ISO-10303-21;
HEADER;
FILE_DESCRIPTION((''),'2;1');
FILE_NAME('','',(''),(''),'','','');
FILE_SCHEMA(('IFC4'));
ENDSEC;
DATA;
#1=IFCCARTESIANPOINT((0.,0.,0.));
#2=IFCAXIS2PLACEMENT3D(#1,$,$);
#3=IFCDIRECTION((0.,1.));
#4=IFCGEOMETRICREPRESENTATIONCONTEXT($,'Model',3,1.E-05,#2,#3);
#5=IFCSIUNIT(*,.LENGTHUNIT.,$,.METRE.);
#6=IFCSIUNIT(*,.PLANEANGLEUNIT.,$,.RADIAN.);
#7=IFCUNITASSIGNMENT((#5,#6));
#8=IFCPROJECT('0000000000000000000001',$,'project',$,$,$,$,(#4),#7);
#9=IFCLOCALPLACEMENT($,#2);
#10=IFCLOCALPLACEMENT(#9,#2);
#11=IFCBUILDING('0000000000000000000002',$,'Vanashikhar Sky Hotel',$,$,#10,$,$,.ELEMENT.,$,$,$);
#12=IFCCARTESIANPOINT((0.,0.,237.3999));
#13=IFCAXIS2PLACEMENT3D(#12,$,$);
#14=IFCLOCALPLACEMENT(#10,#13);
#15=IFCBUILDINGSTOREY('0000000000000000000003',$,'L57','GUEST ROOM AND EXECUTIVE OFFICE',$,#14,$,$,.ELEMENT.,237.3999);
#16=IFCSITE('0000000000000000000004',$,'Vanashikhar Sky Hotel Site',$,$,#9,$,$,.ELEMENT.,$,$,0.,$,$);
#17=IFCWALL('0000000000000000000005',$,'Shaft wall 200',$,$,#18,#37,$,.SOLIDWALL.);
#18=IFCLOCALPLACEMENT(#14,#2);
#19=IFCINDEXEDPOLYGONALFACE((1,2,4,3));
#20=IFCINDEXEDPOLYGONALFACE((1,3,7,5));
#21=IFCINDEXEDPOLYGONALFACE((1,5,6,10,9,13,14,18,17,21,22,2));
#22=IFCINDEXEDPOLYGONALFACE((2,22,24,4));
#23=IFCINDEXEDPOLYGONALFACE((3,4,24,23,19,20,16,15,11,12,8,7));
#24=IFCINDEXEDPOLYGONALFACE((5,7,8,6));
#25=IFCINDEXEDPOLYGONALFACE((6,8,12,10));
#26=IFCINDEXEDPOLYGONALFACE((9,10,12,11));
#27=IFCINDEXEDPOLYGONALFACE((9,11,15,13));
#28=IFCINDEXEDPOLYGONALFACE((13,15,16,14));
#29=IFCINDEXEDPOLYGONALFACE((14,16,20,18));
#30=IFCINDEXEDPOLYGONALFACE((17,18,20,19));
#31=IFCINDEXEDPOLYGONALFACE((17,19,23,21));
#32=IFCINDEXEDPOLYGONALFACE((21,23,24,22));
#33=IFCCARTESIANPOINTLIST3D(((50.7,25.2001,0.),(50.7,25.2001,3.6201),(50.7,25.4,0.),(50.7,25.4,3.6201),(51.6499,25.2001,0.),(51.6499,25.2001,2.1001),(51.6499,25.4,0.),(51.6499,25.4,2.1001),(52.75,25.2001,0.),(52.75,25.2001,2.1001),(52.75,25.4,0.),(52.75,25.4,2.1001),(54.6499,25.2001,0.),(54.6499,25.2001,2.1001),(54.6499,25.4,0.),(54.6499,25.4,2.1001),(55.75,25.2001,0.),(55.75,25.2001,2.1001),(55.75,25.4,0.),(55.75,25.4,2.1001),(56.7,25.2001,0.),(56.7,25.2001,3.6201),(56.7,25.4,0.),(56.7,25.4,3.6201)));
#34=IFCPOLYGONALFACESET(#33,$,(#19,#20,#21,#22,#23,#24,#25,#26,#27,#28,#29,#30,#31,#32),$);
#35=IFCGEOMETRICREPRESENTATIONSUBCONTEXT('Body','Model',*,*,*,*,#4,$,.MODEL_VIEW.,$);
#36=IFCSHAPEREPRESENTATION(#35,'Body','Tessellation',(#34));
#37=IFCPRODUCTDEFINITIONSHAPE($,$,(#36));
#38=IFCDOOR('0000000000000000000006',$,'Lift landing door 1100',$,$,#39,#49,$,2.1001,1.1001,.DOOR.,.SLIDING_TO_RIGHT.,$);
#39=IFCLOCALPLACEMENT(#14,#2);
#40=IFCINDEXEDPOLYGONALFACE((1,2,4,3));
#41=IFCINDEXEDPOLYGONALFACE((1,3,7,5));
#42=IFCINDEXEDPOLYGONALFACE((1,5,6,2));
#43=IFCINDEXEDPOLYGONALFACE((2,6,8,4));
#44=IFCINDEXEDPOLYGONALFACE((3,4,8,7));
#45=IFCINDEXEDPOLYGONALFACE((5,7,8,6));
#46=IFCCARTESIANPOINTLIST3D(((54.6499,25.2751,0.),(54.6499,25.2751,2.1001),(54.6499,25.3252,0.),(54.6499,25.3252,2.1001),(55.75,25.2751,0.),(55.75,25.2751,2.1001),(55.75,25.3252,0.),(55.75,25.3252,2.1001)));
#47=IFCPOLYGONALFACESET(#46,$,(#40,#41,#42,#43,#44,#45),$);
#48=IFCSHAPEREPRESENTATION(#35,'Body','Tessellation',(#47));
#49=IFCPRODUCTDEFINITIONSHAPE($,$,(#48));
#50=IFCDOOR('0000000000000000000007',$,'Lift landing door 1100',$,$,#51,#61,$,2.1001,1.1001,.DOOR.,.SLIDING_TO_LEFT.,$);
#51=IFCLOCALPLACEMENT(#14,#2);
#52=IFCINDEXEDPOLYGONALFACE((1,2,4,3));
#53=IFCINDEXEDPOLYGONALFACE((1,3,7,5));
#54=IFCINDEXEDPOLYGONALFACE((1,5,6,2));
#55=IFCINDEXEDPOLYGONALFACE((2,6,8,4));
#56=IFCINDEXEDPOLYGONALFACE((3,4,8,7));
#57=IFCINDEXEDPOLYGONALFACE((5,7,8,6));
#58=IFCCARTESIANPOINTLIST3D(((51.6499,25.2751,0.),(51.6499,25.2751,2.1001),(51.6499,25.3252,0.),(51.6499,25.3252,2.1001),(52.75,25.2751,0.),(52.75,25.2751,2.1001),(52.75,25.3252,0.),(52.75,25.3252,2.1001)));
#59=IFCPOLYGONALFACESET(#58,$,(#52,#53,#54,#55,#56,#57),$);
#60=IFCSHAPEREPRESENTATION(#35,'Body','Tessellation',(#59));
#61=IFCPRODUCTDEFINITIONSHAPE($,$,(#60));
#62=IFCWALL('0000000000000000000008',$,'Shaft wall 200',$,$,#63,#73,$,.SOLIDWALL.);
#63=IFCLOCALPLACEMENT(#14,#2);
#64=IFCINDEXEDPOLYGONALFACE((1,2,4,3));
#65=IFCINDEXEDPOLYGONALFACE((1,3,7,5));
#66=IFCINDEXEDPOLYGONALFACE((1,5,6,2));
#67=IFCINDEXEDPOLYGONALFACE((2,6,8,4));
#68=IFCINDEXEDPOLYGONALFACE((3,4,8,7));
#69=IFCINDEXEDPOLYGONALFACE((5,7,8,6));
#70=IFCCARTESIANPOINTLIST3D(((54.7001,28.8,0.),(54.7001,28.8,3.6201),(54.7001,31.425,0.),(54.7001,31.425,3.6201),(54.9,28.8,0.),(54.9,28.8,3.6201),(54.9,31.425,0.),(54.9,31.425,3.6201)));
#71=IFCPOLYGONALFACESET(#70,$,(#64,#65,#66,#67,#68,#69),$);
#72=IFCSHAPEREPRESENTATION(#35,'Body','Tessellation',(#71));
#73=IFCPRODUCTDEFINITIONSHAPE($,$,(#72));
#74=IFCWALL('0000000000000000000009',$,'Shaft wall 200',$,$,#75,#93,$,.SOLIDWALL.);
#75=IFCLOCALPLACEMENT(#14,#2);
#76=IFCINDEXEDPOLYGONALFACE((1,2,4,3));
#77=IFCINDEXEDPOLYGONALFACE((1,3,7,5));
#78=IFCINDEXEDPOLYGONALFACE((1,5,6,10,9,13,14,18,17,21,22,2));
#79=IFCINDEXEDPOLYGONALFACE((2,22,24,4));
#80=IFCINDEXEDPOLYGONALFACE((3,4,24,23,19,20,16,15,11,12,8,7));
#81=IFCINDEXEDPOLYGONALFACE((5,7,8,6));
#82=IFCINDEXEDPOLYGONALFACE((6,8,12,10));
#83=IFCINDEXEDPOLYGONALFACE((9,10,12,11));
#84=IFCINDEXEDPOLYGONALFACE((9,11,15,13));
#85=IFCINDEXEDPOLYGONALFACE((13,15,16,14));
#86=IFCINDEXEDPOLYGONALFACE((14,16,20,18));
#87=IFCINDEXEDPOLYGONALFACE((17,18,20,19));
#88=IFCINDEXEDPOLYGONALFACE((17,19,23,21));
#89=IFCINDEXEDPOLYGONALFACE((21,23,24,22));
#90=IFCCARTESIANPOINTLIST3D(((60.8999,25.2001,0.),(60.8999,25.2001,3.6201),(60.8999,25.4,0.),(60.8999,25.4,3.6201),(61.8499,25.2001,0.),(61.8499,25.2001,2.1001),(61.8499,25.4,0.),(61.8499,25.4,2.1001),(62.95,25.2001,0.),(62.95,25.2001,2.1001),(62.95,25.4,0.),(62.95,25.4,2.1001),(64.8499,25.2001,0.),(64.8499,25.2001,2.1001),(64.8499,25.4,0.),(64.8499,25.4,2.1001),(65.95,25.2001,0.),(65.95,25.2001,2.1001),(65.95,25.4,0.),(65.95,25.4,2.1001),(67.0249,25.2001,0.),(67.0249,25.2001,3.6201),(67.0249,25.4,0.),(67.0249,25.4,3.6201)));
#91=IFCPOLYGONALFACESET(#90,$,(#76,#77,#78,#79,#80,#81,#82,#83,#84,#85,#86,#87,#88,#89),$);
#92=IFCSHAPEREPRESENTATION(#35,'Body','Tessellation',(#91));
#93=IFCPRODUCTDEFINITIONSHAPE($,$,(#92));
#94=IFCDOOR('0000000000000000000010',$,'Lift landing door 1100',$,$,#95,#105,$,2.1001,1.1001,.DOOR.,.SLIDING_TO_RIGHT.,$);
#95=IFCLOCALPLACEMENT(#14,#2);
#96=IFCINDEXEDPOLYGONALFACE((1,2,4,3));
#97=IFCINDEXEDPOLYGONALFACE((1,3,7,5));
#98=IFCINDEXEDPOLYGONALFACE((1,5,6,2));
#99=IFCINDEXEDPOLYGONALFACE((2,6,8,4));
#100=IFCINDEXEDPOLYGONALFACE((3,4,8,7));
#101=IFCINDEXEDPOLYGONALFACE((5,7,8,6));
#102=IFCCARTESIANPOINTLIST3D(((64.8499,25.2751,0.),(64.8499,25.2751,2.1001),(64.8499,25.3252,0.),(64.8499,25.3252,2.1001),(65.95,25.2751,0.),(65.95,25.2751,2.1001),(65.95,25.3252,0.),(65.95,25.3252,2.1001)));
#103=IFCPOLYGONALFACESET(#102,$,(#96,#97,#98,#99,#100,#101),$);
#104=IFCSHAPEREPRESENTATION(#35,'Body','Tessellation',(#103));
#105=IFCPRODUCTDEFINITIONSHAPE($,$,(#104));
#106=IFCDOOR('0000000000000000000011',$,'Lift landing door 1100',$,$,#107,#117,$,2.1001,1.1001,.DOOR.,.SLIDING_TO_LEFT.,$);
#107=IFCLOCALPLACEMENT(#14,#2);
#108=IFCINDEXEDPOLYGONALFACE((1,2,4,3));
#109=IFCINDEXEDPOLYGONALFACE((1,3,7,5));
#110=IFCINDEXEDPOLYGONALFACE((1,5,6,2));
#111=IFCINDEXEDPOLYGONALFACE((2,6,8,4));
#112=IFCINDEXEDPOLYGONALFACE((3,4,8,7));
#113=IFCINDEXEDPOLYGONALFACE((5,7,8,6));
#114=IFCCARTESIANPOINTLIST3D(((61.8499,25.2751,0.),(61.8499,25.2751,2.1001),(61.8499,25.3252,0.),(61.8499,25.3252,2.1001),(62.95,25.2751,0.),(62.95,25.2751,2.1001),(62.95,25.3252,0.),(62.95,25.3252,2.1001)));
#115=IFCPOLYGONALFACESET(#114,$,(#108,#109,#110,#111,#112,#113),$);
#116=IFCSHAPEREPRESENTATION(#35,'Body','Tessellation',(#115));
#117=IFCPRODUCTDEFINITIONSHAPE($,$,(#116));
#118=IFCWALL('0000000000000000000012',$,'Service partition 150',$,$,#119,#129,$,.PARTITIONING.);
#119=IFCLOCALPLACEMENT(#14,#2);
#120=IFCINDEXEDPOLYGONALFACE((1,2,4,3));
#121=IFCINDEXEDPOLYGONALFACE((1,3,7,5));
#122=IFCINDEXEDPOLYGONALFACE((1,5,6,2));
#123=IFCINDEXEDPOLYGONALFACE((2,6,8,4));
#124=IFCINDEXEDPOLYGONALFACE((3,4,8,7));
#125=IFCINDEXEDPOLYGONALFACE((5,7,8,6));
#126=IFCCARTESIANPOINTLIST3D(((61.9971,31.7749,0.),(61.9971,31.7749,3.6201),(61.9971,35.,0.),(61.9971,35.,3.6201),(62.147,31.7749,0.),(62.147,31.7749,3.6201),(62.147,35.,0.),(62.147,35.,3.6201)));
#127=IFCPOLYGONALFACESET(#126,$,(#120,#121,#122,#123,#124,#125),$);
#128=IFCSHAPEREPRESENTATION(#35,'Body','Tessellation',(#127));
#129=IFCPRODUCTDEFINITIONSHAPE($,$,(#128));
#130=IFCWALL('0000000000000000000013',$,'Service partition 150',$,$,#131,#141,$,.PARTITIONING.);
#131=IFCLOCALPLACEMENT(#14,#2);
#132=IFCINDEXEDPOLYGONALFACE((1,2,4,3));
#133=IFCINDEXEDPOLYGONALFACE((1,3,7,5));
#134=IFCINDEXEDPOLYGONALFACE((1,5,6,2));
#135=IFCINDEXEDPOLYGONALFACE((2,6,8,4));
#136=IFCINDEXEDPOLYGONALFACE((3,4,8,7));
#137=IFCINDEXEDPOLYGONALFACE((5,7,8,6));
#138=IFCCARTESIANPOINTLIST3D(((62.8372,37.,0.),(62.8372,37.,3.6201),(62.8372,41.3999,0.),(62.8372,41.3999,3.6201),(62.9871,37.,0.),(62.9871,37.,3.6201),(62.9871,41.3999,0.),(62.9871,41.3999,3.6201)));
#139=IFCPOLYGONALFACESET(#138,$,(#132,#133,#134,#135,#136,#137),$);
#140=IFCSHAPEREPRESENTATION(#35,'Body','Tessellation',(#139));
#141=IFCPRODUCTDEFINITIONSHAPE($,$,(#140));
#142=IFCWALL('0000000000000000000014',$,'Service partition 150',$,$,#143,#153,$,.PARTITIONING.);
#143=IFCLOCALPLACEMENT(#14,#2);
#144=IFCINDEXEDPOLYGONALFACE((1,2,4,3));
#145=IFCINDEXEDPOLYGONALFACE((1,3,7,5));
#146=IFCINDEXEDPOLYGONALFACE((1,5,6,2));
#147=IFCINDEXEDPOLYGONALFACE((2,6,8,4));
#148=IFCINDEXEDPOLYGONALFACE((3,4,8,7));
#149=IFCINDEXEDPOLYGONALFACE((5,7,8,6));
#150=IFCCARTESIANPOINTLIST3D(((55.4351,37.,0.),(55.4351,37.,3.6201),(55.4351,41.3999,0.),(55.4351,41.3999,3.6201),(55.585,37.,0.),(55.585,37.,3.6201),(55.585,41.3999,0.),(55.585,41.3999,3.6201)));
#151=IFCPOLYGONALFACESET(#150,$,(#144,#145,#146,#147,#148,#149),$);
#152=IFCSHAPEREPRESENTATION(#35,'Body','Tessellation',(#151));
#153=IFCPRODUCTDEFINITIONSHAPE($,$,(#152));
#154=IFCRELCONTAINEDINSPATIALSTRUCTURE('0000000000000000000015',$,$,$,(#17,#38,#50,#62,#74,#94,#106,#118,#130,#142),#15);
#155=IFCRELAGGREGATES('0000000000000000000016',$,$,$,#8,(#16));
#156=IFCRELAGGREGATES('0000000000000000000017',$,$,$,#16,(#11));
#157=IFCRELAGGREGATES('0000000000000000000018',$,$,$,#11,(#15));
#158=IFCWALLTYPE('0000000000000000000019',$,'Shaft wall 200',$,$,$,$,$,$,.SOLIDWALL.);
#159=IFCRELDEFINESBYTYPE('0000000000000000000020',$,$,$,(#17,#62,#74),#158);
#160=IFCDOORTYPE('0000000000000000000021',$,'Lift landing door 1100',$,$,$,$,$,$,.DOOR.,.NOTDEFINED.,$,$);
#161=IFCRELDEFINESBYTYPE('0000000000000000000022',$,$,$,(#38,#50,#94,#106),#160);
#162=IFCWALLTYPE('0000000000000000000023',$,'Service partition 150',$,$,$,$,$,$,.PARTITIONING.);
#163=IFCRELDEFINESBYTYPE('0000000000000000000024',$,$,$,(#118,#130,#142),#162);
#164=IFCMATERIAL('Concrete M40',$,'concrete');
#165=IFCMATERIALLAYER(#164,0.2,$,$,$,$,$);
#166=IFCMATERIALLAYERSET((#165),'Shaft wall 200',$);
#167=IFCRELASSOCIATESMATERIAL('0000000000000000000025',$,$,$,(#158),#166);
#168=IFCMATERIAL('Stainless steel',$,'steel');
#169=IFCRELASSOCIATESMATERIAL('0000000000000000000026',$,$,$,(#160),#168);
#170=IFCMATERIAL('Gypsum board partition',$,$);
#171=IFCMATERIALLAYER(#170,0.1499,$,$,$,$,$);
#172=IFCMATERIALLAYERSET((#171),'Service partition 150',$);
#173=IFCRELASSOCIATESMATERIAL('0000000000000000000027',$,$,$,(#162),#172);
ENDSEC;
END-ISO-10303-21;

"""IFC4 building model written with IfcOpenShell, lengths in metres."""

from ifc_helpers import new_model, si_unit, direction, frame, frame_2d, origin, place, context, subcontext, project, spatial, rectangle, extrude, source, transform, mapped, material, layer, layer_set, type_object, element, fill, save


model = new_model("IFC4")

# Units and contexts
model_context = context("Model", 3, precision=1e-05, world=origin(), true_north=direction((0.0, 1.0)))
body_context = subcontext(model_context, "Body", "Model", "MODEL_VIEW")
ifc_project = project(units=[si_unit("LENGTHUNIT", "METRE"), si_unit("PLANEANGLEUNIT", "RADIAN")], contexts=[model_context])

# Site, building, storey
site_placement = place(None, origin())
site = spatial("IfcSite", under=ifc_project, at=site_placement, Name="Vanashikhar Sky Hotel Site", CompositionType="ELEMENT", RefElevation=0.0)
building_placement = place(site_placement, origin())
building = spatial("IfcBuilding", under=site, at=building_placement, Name="Vanashikhar Sky Hotel", CompositionType="ELEMENT")
storey_placement = place(building_placement, frame((0.0, 0.0, 237.3999)))
storey = spatial("IfcBuildingStorey", under=building, at=storey_placement, Name="L57", Description="GUEST ROOM AND EXECUTIVE OFFICE", CompositionType="ELEMENT", Elevation=237.3999)

# Wall, openings, doors
ifc_material_1 = material(Name="Concrete M40", Category="concrete")
ifc_layer_1 = layer(ifc_material_1, 0.2)
ifc_layer_set_1 = layer_set([ifc_layer_1], Name="Shaft wall 200")
wall_type_1 = type_object("IfcWallType", Name="Shaft wall 200", PredefinedType="SOLIDWALL", material=ifc_layer_set_1)
shared_shape_1 = source(origin(), body_context, "Body", "SweptSolid", [
    extrude(rectangle(XDim=6.0, YDim=0.2, at=frame_2d((3.0, 0.0))), origin(), (0.0, 0.0, 1.0), 3.6201),
])
wall_1_placement = place(storey_placement, frame((56.7, 25.3, 0.0), z_axis=(0.0, 0.0, 1.0), x_axis=(-1.0, 0.0, 0.0)))
wall_1 = element("IfcWall", 1, at=wall_1_placement, inside=storey, type_object=wall_type_1, Name="Shaft wall 200", PredefinedType="SOLIDWALL", context=body_context, shape_type="MappedRepresentation", body=[
    mapped(shared_shape_1, transform((0.0, 0.0, 0.0), scale=1.0)),
])
shared_shape_2 = source(origin(), body_context, "Body", "SweptSolid", [
    extrude(rectangle(XDim=1.1001, YDim=2.1001, at=frame_2d((0.55, 1.05))), frame((0.0, 0.1099, 0.0), z_axis=(0.0, -1.0, 0.0), x_axis=(1.0, 0.0, 0.0)), (0.0, 0.0, 1.0), 0.22),
])
opening_1_placement = place(wall_1_placement, frame((0.95, 0.0, 0.0)))
opening_1 = element("IfcOpeningElement", 2, at=opening_1_placement, cuts=wall_1, PredefinedType="OPENING", context=body_context, shape_type="MappedRepresentation", body=[
    mapped(shared_shape_2, transform((0.0, 0.0, 0.0), scale=1.0)),
])
opening_2_placement = place(wall_1_placement, frame((3.95, 0.0, 0.0)))
opening_2 = element("IfcOpeningElement", 3, at=opening_2_placement, cuts=wall_1, PredefinedType="OPENING", context=body_context, shape_type="MappedRepresentation", body=[
    mapped(shared_shape_2, transform((0.0, 0.0, 0.0), scale=1.0)),
])
ifc_material_2 = material(Name="Stainless steel", Category="steel")
door_type_1 = type_object("IfcDoorType", Name="Lift landing door 1100", OperationType="NOTDEFINED", PredefinedType="DOOR", material=ifc_material_2)
shared_shape_3 = source(origin(), body_context, "Body", "SweptSolid", [
    extrude(rectangle(XDim=1.1001, YDim=2.1001, at=frame_2d((0.55, 1.05))), frame((0.0, 0.0249, 0.0), z_axis=(0.0, -1.0, 0.0), x_axis=(1.0, 0.0, 0.0)), (0.0, 0.0, 1.0), 0.05),
])
door_1_placement = place(opening_1_placement, origin())
door_1 = element("IfcDoor", 4, at=door_1_placement, inside=storey, type_object=door_type_1, Name="Lift landing door 1100", OperationType="SLIDING_TO_RIGHT", OverallHeight=2.1001, OverallWidth=1.1001, PredefinedType="DOOR", context=body_context, shape_type="MappedRepresentation", body=[
    mapped(shared_shape_3, transform((0.0, 0.0, 0.0), scale=1.0)),
])
fill(opening_1, door_1)
door_2_placement = place(opening_2_placement, origin())
door_2 = element("IfcDoor", 5, at=door_2_placement, inside=storey, type_object=door_type_1, Name="Lift landing door 1100", OperationType="SLIDING_TO_LEFT", OverallHeight=2.1001, OverallWidth=1.1001, PredefinedType="DOOR", context=body_context, shape_type="MappedRepresentation", body=[
    mapped(shared_shape_3, transform((0.0, 0.0, 0.0), scale=1.0)),
])
fill(opening_2, door_2)

# Wall
shared_shape_4 = source(origin(), body_context, "Body", "SweptSolid", [
    extrude(rectangle(XDim=2.625, YDim=0.2, at=frame_2d((1.3125, 0.0))), origin(), (0.0, 0.0, 1.0), 3.6201),
])
wall_2_placement = place(storey_placement, frame((54.8, 28.8, 0.0), z_axis=(0.0, 0.0, 1.0), x_axis=(0.0, 1.0, 0.0)))
element("IfcWall", 6, at=wall_2_placement, inside=storey, type_object=wall_type_1, Name="Shaft wall 200", PredefinedType="SOLIDWALL", context=body_context, shape_type="MappedRepresentation", body=[
    mapped(shared_shape_4, transform((0.0, 0.0, 0.0), scale=1.0)),
])

# Wall, openings, doors
shared_shape_5 = source(origin(), body_context, "Body", "SweptSolid", [
    extrude(rectangle(XDim=6.125, YDim=0.2, at=frame_2d((3.0625, 0.0))), origin(), (0.0, 0.0, 1.0), 3.6201),
])
wall_3_placement = place(storey_placement, frame((67.0249, 25.3, 0.0), z_axis=(0.0, 0.0, 1.0), x_axis=(-1.0, 0.0, 0.0)))
wall_3 = element("IfcWall", 7, at=wall_3_placement, inside=storey, type_object=wall_type_1, Name="Shaft wall 200", PredefinedType="SOLIDWALL", context=body_context, shape_type="MappedRepresentation", body=[
    mapped(shared_shape_5, transform((0.0, 0.0, 0.0), scale=1.0)),
])
opening_3_placement = place(wall_3_placement, frame((1.075, 0.0, 0.0)))
opening_3 = element("IfcOpeningElement", 8, at=opening_3_placement, cuts=wall_3, PredefinedType="OPENING", context=body_context, shape_type="MappedRepresentation", body=[
    mapped(shared_shape_2, transform((0.0, 0.0, 0.0), scale=1.0)),
])
opening_4_placement = place(wall_3_placement, frame((4.075, 0.0, 0.0)))
opening_4 = element("IfcOpeningElement", 9, at=opening_4_placement, cuts=wall_3, PredefinedType="OPENING", context=body_context, shape_type="MappedRepresentation", body=[
    mapped(shared_shape_2, transform((0.0, 0.0, 0.0), scale=1.0)),
])
door_3_placement = place(opening_3_placement, origin())
door_3 = element("IfcDoor", 10, at=door_3_placement, inside=storey, type_object=door_type_1, Name="Lift landing door 1100", OperationType="SLIDING_TO_RIGHT", OverallHeight=2.1001, OverallWidth=1.1001, PredefinedType="DOOR", context=body_context, shape_type="MappedRepresentation", body=[
    mapped(shared_shape_3, transform((0.0, 0.0, 0.0), scale=1.0)),
])
fill(opening_3, door_3)
door_4_placement = place(opening_4_placement, origin())
door_4 = element("IfcDoor", 11, at=door_4_placement, inside=storey, type_object=door_type_1, Name="Lift landing door 1100", OperationType="SLIDING_TO_LEFT", OverallHeight=2.1001, OverallWidth=1.1001, PredefinedType="DOOR", context=body_context, shape_type="MappedRepresentation", body=[
    mapped(shared_shape_3, transform((0.0, 0.0, 0.0), scale=1.0)),
])
fill(opening_4, door_4)

# Walls
ifc_material_3 = material(Name="Gypsum board partition")
ifc_layer_2 = layer(ifc_material_3, 0.1499)
ifc_layer_set_2 = layer_set([ifc_layer_2], Name="Service partition 150")
wall_type_2 = type_object("IfcWallType", Name="Service partition 150", PredefinedType="PARTITIONING", material=ifc_layer_set_2)
shared_shape_6 = source(origin(), body_context, "Body", "SweptSolid", [
    extrude(rectangle(XDim=3.2251, YDim=0.1499, at=frame_2d((1.6125, 0.0))), origin(), (0.0, 0.0, 1.0), 3.6201),
])
wall_4_placement = place(storey_placement, frame((62.072, 31.7749, 0.0), z_axis=(0.0, 0.0, 1.0), x_axis=(0.0, 1.0, 0.0)))
element("IfcWall", 12, at=wall_4_placement, inside=storey, type_object=wall_type_2, Name="Service partition 150", PredefinedType="PARTITIONING", context=body_context, shape_type="MappedRepresentation", body=[
    mapped(shared_shape_6, transform((0.0, 0.0, 0.0), scale=1.0)),
])
shared_shape_7 = source(origin(), body_context, "Body", "SweptSolid", [
    extrude(rectangle(XDim=4.3999, YDim=0.1499, at=frame_2d((2.2, 0.0))), origin(), (0.0, 0.0, 1.0), 3.6201),
])
for number, where, z_axis, x_axis, name in (
    (13, (62.9121, 37.0, 0.0), (0.0, 0.0, 1.0), (0.0, 1.0, 0.0), "Service partition 150"),
    (14, (55.51, 37.0, 0.0), (0.0, 0.0, 1.0), (0.0, 1.0, 0.0), "Service partition 150"),
):
    element("IfcWall", number, at=place(storey_placement, frame(where, z_axis=z_axis, x_axis=x_axis)), inside=storey, type_object=wall_type_2, Name=name, PredefinedType="PARTITIONING", context=body_context, shape_type="MappedRepresentation", body=[
        mapped(shared_shape_7, transform((0.0, 0.0, 0.0), scale=1.0)),
    ])

save(model, "model.ifc")
